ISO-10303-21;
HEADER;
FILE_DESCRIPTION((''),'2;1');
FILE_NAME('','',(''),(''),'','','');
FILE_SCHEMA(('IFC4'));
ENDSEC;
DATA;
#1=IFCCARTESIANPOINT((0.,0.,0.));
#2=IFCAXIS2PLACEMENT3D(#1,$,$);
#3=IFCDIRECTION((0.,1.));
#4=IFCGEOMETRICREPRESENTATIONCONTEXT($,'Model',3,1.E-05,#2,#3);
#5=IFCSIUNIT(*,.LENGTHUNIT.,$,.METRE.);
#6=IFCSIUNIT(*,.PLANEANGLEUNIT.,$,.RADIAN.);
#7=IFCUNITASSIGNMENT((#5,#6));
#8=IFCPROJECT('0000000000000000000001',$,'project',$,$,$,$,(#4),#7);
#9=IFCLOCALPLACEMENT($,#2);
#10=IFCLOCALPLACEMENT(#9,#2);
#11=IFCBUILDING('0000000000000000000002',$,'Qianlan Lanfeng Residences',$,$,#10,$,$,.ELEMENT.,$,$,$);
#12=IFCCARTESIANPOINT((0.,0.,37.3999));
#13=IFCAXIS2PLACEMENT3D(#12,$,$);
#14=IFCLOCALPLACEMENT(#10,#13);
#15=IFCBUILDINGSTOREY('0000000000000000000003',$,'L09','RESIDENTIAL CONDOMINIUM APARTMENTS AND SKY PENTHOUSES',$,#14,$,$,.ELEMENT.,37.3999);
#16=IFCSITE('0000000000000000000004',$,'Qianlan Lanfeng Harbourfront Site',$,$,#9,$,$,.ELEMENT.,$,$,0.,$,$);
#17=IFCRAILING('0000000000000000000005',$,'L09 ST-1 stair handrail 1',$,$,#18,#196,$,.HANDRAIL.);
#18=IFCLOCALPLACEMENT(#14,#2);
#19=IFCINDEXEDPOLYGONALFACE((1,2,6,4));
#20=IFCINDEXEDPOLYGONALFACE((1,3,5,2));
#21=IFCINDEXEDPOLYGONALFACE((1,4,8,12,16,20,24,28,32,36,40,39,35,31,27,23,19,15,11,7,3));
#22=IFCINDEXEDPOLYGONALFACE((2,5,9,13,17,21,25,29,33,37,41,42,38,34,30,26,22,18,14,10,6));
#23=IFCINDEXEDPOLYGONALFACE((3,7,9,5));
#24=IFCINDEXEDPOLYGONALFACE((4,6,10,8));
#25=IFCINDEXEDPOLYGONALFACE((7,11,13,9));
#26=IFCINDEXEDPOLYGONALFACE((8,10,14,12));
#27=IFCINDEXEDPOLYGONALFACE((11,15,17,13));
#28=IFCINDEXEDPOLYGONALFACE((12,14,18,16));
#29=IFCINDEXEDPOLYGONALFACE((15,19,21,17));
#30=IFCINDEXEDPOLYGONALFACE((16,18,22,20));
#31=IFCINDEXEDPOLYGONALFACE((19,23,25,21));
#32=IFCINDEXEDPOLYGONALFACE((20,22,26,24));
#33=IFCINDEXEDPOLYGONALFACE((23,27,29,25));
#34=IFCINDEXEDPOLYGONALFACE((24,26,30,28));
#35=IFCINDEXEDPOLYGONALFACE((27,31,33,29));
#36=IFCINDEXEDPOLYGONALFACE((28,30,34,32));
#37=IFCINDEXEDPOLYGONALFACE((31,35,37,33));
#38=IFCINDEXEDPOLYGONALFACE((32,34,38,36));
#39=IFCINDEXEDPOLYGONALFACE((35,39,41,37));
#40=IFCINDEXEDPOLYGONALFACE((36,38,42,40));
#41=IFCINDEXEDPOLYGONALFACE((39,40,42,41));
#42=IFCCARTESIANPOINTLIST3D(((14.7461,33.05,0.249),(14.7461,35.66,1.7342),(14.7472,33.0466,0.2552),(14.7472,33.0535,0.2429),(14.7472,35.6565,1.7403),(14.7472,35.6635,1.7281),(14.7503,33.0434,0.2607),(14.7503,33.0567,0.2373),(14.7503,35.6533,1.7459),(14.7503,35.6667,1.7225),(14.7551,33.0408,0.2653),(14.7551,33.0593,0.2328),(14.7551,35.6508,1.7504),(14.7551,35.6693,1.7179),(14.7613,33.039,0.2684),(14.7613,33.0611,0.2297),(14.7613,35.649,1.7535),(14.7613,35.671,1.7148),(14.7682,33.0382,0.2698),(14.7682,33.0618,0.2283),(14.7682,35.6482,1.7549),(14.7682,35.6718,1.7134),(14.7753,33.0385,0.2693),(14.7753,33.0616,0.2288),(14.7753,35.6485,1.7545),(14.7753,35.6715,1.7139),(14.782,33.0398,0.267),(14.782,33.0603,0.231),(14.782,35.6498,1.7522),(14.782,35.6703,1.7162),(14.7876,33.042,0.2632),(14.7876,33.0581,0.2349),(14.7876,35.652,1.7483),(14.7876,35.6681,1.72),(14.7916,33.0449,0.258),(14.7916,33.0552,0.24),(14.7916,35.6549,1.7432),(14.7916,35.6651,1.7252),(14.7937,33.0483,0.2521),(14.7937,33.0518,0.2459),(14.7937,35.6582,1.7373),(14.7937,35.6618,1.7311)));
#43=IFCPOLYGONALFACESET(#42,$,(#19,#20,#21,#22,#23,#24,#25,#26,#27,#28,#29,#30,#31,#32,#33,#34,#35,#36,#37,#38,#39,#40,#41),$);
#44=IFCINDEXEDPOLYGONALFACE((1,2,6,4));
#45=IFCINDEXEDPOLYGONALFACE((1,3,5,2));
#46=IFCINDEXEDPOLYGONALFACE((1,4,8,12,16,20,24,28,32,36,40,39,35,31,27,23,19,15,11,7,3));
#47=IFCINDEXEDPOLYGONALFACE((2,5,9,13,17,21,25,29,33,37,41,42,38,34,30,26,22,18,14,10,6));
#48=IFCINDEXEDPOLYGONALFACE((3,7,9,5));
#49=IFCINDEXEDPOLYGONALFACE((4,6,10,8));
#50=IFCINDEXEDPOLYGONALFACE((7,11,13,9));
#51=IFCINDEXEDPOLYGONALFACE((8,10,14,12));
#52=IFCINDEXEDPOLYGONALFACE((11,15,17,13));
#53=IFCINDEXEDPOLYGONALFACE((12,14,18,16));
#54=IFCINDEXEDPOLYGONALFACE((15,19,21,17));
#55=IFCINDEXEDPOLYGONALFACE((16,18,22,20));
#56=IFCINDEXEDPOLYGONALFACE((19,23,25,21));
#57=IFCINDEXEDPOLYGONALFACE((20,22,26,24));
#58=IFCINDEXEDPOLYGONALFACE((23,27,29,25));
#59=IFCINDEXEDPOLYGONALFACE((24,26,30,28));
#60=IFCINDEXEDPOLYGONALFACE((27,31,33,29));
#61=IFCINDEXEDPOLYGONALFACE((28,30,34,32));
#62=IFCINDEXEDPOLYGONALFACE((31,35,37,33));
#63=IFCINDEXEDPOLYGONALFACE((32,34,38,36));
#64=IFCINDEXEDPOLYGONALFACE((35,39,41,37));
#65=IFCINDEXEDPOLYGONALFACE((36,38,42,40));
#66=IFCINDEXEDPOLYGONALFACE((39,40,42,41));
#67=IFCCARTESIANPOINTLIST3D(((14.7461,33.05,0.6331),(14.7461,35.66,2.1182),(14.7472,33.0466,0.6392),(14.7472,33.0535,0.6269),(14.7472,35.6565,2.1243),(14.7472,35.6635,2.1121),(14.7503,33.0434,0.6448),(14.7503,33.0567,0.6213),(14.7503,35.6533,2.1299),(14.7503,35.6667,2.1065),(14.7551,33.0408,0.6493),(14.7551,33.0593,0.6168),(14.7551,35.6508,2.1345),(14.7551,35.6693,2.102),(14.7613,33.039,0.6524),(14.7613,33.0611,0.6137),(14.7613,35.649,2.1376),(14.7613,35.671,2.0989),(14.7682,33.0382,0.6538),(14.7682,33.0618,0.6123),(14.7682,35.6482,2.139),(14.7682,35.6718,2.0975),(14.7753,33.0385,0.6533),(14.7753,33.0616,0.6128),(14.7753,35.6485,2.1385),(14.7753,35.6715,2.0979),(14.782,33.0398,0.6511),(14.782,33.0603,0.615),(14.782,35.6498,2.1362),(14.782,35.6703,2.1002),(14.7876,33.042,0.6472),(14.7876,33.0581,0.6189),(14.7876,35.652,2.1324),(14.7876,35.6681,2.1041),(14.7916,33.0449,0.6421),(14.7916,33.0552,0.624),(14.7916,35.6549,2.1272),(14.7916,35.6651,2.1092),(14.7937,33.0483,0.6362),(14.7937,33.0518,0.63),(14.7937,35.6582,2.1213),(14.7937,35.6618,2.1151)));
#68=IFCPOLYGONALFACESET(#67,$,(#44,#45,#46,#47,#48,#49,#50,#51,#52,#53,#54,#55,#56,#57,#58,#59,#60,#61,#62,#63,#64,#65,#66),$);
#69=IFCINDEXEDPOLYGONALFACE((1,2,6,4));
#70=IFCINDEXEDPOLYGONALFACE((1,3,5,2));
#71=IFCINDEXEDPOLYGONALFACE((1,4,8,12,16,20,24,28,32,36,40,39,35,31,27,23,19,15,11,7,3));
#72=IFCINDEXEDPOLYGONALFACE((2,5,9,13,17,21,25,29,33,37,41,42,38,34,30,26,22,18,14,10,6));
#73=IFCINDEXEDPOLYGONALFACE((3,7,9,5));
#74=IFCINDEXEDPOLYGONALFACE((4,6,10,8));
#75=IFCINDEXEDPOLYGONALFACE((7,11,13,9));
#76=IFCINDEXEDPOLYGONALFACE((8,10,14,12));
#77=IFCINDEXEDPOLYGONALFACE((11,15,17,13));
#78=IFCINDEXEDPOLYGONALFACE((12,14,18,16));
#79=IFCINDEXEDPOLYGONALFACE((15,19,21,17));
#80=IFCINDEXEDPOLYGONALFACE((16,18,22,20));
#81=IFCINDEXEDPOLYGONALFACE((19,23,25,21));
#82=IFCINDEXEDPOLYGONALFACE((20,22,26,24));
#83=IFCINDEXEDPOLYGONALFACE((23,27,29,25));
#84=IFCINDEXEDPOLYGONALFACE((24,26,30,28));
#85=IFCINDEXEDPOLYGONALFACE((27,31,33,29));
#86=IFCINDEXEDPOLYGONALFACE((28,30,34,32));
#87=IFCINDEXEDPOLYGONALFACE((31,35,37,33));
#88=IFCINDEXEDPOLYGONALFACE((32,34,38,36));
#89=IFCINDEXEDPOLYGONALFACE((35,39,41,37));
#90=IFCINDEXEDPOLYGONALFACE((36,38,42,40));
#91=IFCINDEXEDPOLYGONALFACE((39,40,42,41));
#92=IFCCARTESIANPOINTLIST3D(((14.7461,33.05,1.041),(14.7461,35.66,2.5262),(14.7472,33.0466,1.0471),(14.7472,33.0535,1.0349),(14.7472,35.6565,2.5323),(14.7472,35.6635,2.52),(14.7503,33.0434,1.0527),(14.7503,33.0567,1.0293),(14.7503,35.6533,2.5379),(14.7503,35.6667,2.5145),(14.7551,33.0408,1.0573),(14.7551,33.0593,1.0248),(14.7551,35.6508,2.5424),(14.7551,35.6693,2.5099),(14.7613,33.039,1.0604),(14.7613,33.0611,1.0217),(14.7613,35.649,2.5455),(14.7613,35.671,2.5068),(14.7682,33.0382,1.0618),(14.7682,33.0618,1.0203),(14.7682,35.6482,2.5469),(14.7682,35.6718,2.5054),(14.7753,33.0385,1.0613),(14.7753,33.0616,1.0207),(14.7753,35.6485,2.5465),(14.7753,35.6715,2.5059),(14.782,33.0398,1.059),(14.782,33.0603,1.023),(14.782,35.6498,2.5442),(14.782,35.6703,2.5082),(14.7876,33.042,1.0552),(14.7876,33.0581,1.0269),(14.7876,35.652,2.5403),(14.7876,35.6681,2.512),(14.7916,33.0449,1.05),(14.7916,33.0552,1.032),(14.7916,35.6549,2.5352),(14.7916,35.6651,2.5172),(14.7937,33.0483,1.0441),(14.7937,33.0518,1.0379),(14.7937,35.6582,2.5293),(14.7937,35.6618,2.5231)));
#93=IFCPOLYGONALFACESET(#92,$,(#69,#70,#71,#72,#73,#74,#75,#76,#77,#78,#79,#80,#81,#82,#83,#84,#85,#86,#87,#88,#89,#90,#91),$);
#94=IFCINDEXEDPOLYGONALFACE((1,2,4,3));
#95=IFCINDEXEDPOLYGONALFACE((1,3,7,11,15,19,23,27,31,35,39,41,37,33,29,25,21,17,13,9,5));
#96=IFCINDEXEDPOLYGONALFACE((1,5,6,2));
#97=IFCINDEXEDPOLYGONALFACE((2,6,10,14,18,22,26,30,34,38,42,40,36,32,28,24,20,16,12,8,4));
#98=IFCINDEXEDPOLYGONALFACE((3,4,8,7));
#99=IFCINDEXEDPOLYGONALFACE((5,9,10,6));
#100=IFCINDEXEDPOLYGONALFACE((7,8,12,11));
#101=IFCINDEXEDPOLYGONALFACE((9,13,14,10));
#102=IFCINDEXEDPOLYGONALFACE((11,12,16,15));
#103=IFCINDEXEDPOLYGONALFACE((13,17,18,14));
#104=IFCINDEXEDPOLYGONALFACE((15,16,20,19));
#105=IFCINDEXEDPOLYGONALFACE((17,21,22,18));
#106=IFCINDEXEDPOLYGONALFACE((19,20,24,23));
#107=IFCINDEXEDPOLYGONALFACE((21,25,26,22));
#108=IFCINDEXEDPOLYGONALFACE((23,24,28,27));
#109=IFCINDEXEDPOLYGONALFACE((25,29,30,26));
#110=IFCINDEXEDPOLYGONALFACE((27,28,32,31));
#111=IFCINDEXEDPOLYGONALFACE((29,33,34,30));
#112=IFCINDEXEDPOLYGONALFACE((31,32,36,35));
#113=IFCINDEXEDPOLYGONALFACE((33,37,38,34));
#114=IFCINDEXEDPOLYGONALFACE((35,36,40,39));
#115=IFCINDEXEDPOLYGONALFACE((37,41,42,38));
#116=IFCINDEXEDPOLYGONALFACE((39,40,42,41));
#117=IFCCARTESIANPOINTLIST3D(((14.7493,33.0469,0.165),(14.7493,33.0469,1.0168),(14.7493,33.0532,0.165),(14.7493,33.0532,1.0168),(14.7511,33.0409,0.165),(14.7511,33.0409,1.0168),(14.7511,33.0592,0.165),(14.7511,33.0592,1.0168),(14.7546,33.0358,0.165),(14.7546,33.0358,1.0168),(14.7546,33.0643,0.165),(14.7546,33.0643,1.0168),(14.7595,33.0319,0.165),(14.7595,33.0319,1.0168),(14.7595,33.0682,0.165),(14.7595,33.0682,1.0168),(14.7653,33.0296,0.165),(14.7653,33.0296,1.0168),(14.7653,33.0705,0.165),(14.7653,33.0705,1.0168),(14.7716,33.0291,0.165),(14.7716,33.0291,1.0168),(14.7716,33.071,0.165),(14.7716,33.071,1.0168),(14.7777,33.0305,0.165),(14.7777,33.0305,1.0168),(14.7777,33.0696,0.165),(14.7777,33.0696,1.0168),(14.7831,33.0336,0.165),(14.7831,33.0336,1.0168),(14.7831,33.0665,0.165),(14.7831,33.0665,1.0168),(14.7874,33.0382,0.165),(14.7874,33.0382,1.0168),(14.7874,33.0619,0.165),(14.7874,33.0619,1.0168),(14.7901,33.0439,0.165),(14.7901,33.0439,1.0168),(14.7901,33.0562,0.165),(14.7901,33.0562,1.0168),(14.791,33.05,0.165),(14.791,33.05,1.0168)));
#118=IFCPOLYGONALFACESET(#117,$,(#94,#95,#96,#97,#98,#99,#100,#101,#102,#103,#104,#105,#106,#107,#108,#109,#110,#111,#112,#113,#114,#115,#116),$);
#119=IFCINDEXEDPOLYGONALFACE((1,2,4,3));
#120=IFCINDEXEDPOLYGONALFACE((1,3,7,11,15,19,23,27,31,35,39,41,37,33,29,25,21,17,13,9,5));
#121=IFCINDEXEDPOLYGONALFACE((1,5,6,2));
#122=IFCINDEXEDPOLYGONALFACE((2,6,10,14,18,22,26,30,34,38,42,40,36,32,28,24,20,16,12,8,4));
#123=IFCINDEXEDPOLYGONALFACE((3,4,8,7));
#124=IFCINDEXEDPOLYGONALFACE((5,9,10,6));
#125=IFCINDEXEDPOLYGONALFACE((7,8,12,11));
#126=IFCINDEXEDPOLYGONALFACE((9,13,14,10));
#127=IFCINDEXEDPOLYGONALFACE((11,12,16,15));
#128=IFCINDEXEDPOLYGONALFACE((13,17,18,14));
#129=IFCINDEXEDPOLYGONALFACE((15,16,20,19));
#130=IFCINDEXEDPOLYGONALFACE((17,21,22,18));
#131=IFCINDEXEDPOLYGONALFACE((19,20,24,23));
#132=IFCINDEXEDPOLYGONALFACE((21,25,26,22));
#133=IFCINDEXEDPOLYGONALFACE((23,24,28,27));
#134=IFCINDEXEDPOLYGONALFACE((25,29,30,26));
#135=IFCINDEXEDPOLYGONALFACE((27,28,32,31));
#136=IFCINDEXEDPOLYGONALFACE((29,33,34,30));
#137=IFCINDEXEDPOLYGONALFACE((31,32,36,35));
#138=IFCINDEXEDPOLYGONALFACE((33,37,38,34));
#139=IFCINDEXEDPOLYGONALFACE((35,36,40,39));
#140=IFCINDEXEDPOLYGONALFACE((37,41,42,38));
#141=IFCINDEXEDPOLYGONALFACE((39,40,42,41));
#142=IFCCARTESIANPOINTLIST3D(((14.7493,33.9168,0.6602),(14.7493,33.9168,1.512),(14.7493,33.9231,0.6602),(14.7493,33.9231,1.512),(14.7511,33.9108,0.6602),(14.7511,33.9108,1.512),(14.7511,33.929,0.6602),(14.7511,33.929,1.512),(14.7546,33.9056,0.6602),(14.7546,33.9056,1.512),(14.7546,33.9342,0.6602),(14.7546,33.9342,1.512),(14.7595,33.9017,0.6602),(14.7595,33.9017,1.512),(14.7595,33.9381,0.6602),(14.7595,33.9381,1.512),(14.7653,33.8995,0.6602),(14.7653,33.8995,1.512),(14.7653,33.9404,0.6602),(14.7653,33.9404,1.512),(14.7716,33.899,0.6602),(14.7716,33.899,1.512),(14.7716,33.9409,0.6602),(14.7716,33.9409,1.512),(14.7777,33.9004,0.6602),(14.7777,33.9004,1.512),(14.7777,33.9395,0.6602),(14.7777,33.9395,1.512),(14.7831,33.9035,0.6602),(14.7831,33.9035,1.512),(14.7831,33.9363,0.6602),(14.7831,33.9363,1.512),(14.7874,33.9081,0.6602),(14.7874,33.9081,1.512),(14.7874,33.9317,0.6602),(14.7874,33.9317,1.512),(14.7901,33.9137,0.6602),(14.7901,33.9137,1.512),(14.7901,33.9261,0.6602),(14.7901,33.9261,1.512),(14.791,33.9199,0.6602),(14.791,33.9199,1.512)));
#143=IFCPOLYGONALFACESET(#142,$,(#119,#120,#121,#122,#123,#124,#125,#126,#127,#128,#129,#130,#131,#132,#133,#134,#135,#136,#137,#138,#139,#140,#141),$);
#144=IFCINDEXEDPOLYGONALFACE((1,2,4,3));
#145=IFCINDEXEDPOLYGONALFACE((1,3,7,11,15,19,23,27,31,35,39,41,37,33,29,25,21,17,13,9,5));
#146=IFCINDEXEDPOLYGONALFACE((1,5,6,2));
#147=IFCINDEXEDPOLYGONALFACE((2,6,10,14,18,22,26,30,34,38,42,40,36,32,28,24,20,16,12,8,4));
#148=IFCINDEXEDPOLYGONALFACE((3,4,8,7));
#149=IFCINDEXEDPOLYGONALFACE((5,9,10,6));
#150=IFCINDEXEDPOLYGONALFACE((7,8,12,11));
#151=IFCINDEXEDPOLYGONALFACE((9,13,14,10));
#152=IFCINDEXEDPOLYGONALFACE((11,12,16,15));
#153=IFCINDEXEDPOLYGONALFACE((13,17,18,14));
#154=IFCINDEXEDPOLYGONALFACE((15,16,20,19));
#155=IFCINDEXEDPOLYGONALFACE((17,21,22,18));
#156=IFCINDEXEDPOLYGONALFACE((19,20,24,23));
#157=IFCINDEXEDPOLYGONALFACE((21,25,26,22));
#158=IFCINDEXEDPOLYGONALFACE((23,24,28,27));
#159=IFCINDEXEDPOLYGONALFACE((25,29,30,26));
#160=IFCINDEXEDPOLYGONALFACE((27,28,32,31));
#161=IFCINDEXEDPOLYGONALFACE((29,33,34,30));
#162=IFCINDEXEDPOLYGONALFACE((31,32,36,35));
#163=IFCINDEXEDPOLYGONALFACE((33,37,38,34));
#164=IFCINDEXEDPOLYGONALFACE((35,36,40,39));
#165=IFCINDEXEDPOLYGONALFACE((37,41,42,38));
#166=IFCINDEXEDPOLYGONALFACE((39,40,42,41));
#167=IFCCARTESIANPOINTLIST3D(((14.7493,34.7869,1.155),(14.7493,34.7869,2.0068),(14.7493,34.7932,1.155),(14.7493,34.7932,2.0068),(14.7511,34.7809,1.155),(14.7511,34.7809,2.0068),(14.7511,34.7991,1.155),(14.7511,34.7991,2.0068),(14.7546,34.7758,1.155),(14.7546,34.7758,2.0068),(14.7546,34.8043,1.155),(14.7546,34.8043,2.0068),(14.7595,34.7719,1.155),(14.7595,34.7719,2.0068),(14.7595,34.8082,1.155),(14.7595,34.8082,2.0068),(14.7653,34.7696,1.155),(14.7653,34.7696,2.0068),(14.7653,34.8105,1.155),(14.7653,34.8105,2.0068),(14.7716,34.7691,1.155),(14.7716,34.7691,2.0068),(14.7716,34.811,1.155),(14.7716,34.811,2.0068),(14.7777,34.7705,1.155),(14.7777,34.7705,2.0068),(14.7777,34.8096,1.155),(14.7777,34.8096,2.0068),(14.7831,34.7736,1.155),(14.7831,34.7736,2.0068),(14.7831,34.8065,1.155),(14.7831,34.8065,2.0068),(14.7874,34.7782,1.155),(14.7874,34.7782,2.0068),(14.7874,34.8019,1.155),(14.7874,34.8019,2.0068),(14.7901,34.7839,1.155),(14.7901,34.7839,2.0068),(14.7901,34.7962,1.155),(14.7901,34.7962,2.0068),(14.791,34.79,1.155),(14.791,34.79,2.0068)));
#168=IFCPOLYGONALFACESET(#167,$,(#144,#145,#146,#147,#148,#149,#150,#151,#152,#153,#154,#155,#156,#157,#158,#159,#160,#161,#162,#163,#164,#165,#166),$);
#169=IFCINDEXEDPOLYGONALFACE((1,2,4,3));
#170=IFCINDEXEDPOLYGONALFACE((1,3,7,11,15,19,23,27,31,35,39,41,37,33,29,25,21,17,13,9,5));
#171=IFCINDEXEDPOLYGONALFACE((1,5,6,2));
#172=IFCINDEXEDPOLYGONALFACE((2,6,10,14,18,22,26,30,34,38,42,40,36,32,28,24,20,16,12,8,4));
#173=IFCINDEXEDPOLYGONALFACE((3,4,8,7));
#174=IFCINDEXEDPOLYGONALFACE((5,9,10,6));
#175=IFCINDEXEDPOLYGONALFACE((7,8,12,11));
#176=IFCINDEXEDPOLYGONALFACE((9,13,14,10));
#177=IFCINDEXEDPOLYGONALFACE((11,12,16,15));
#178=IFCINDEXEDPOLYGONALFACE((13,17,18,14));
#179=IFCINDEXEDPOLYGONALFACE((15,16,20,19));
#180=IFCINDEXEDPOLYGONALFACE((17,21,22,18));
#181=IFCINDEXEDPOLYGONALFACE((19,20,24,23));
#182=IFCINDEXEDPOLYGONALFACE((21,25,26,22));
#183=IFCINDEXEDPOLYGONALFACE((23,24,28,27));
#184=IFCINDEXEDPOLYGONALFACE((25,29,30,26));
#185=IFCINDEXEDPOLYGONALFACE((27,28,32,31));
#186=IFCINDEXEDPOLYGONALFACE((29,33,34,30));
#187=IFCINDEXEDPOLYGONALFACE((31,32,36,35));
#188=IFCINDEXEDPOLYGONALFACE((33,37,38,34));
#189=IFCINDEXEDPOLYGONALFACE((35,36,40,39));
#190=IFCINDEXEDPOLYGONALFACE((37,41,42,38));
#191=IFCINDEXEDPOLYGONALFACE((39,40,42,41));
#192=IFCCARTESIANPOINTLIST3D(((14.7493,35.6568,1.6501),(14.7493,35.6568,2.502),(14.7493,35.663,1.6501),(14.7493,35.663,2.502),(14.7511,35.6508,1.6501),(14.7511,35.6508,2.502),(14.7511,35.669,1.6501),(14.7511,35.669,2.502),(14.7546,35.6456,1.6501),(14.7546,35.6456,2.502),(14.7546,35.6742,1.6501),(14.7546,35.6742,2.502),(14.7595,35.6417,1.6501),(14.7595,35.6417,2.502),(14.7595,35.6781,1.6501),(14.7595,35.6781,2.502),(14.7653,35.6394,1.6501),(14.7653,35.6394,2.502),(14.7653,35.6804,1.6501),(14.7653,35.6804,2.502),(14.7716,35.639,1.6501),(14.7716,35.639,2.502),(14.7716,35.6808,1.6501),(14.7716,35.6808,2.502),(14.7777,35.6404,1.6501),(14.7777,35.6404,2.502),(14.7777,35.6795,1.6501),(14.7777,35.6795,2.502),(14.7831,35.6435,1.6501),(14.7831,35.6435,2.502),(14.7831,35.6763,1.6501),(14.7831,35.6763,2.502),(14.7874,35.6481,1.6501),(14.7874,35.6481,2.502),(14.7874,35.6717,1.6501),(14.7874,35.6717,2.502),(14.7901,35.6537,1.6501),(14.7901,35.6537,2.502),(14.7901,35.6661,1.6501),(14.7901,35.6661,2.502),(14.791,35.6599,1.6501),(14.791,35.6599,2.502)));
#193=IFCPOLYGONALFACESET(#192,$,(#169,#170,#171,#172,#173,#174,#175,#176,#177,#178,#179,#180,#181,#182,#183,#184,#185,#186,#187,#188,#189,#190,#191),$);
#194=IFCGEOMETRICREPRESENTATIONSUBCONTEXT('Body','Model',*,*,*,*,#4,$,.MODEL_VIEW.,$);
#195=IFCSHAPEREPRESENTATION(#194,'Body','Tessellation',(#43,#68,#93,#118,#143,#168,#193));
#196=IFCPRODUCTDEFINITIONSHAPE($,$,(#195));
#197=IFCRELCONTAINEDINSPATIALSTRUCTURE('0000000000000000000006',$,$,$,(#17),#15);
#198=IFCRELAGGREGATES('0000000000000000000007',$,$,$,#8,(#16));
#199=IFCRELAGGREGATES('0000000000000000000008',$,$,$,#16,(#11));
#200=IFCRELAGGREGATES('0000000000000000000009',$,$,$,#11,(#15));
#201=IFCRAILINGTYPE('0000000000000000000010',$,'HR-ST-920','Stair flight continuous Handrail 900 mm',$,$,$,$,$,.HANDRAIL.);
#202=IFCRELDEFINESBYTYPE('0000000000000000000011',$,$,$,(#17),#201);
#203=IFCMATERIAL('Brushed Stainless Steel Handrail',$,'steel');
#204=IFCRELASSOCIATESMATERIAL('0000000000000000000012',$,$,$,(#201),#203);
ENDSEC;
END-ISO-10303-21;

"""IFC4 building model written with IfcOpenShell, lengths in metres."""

from ifc_helpers import new_model, si_unit, direction, frame, origin, origin_2d, place, context, subcontext, project, spatial, circle, extrude, material, type_object, element, save


model = new_model("IFC4")

# Units and contexts
model_context = context("Model", 3, precision=1e-05, world=origin(), true_north=direction((0.0, 1.0)))
body_context = subcontext(model_context, "Body", "Model", "MODEL_VIEW")
ifc_project = project(units=[si_unit("LENGTHUNIT", "METRE"), si_unit("PLANEANGLEUNIT", "RADIAN")], contexts=[model_context])

# Site, building, storey
site_placement = place(None, origin())
site = spatial("IfcSite", under=ifc_project, at=site_placement, Name="Qianlan Lanfeng Harbourfront Site", CompositionType="ELEMENT", RefElevation=0.0)
building_placement = place(site_placement, origin())
building = spatial("IfcBuilding", under=site, at=building_placement, Name="Qianlan Lanfeng Residences", CompositionType="ELEMENT")
storey_placement = place(building_placement, frame((0.0, 0.0, 37.3999)))
storey = spatial("IfcBuildingStorey", under=building, at=storey_placement, Name="L09", Description="RESIDENTIAL CONDOMINIUM APARTMENTS AND SKY PENTHOUSES", CompositionType="ELEMENT", Elevation=37.3999)

# Railing
ifc_material_1 = material(Name="Brushed Stainless Steel Handrail", Category="steel")
railing_type_1 = type_object("IfcRailingType", Name="HR-ST-920", Description="Stair flight continuous Handrail 900 mm", PredefinedType="HANDRAIL", material=ifc_material_1)
railing_1_placement = place(storey_placement, frame((14.77, 33.05, 0.165)))
element("IfcRailing", 1, at=railing_1_placement, inside=storey, type_object=railing_type_1, Name="L09 ST-1 stair handrail 1", PredefinedType="HANDRAIL", context=body_context, shape_type="SweptSolid", body=[
    extrude(circle(Radius=0.0239, at=origin_2d()), frame((0.0, 0.0, 0.084), z_axis=(0.0, 0.869137, 0.494571), x_axis=(-1.0, 0.0, 0.0)), (0.0, 0.0, 1.0), 3.0029),
    extrude(circle(Radius=0.0239, at=origin_2d()), frame((0.0, 0.0, 0.468), z_axis=(0.0, 0.869137, 0.494571), x_axis=(-1.0, 0.0, 0.0)), (0.0, 0.0, 1.0), 3.0029),
    extrude(circle(Radius=0.0239, at=origin_2d()), frame((0.0, 0.0, 0.876), z_axis=(0.0, 0.869137, 0.494571), x_axis=(-1.0, 0.0, 0.0)), (0.0, 0.0, 1.0), 3.0029),
    extrude(circle(Radius=0.021, at=origin_2d()), origin(), (0.0, 0.0, 1.0), 0.8518),
    extrude(circle(Radius=0.021, at=origin_2d()), frame((0.0, 0.8699, 0.4951)), (0.0, 0.0, 1.0), 0.8518),
    extrude(circle(Radius=0.021, at=origin_2d()), frame((0.0, 1.74, 0.99)), (0.0, 0.0, 1.0), 0.8518),
    extrude(circle(Radius=0.021, at=origin_2d()), frame((0.0, 2.6099, 1.4851)), (0.0, 0.0, 1.0), 0.8518),
])

save(model, "model.ifc")
